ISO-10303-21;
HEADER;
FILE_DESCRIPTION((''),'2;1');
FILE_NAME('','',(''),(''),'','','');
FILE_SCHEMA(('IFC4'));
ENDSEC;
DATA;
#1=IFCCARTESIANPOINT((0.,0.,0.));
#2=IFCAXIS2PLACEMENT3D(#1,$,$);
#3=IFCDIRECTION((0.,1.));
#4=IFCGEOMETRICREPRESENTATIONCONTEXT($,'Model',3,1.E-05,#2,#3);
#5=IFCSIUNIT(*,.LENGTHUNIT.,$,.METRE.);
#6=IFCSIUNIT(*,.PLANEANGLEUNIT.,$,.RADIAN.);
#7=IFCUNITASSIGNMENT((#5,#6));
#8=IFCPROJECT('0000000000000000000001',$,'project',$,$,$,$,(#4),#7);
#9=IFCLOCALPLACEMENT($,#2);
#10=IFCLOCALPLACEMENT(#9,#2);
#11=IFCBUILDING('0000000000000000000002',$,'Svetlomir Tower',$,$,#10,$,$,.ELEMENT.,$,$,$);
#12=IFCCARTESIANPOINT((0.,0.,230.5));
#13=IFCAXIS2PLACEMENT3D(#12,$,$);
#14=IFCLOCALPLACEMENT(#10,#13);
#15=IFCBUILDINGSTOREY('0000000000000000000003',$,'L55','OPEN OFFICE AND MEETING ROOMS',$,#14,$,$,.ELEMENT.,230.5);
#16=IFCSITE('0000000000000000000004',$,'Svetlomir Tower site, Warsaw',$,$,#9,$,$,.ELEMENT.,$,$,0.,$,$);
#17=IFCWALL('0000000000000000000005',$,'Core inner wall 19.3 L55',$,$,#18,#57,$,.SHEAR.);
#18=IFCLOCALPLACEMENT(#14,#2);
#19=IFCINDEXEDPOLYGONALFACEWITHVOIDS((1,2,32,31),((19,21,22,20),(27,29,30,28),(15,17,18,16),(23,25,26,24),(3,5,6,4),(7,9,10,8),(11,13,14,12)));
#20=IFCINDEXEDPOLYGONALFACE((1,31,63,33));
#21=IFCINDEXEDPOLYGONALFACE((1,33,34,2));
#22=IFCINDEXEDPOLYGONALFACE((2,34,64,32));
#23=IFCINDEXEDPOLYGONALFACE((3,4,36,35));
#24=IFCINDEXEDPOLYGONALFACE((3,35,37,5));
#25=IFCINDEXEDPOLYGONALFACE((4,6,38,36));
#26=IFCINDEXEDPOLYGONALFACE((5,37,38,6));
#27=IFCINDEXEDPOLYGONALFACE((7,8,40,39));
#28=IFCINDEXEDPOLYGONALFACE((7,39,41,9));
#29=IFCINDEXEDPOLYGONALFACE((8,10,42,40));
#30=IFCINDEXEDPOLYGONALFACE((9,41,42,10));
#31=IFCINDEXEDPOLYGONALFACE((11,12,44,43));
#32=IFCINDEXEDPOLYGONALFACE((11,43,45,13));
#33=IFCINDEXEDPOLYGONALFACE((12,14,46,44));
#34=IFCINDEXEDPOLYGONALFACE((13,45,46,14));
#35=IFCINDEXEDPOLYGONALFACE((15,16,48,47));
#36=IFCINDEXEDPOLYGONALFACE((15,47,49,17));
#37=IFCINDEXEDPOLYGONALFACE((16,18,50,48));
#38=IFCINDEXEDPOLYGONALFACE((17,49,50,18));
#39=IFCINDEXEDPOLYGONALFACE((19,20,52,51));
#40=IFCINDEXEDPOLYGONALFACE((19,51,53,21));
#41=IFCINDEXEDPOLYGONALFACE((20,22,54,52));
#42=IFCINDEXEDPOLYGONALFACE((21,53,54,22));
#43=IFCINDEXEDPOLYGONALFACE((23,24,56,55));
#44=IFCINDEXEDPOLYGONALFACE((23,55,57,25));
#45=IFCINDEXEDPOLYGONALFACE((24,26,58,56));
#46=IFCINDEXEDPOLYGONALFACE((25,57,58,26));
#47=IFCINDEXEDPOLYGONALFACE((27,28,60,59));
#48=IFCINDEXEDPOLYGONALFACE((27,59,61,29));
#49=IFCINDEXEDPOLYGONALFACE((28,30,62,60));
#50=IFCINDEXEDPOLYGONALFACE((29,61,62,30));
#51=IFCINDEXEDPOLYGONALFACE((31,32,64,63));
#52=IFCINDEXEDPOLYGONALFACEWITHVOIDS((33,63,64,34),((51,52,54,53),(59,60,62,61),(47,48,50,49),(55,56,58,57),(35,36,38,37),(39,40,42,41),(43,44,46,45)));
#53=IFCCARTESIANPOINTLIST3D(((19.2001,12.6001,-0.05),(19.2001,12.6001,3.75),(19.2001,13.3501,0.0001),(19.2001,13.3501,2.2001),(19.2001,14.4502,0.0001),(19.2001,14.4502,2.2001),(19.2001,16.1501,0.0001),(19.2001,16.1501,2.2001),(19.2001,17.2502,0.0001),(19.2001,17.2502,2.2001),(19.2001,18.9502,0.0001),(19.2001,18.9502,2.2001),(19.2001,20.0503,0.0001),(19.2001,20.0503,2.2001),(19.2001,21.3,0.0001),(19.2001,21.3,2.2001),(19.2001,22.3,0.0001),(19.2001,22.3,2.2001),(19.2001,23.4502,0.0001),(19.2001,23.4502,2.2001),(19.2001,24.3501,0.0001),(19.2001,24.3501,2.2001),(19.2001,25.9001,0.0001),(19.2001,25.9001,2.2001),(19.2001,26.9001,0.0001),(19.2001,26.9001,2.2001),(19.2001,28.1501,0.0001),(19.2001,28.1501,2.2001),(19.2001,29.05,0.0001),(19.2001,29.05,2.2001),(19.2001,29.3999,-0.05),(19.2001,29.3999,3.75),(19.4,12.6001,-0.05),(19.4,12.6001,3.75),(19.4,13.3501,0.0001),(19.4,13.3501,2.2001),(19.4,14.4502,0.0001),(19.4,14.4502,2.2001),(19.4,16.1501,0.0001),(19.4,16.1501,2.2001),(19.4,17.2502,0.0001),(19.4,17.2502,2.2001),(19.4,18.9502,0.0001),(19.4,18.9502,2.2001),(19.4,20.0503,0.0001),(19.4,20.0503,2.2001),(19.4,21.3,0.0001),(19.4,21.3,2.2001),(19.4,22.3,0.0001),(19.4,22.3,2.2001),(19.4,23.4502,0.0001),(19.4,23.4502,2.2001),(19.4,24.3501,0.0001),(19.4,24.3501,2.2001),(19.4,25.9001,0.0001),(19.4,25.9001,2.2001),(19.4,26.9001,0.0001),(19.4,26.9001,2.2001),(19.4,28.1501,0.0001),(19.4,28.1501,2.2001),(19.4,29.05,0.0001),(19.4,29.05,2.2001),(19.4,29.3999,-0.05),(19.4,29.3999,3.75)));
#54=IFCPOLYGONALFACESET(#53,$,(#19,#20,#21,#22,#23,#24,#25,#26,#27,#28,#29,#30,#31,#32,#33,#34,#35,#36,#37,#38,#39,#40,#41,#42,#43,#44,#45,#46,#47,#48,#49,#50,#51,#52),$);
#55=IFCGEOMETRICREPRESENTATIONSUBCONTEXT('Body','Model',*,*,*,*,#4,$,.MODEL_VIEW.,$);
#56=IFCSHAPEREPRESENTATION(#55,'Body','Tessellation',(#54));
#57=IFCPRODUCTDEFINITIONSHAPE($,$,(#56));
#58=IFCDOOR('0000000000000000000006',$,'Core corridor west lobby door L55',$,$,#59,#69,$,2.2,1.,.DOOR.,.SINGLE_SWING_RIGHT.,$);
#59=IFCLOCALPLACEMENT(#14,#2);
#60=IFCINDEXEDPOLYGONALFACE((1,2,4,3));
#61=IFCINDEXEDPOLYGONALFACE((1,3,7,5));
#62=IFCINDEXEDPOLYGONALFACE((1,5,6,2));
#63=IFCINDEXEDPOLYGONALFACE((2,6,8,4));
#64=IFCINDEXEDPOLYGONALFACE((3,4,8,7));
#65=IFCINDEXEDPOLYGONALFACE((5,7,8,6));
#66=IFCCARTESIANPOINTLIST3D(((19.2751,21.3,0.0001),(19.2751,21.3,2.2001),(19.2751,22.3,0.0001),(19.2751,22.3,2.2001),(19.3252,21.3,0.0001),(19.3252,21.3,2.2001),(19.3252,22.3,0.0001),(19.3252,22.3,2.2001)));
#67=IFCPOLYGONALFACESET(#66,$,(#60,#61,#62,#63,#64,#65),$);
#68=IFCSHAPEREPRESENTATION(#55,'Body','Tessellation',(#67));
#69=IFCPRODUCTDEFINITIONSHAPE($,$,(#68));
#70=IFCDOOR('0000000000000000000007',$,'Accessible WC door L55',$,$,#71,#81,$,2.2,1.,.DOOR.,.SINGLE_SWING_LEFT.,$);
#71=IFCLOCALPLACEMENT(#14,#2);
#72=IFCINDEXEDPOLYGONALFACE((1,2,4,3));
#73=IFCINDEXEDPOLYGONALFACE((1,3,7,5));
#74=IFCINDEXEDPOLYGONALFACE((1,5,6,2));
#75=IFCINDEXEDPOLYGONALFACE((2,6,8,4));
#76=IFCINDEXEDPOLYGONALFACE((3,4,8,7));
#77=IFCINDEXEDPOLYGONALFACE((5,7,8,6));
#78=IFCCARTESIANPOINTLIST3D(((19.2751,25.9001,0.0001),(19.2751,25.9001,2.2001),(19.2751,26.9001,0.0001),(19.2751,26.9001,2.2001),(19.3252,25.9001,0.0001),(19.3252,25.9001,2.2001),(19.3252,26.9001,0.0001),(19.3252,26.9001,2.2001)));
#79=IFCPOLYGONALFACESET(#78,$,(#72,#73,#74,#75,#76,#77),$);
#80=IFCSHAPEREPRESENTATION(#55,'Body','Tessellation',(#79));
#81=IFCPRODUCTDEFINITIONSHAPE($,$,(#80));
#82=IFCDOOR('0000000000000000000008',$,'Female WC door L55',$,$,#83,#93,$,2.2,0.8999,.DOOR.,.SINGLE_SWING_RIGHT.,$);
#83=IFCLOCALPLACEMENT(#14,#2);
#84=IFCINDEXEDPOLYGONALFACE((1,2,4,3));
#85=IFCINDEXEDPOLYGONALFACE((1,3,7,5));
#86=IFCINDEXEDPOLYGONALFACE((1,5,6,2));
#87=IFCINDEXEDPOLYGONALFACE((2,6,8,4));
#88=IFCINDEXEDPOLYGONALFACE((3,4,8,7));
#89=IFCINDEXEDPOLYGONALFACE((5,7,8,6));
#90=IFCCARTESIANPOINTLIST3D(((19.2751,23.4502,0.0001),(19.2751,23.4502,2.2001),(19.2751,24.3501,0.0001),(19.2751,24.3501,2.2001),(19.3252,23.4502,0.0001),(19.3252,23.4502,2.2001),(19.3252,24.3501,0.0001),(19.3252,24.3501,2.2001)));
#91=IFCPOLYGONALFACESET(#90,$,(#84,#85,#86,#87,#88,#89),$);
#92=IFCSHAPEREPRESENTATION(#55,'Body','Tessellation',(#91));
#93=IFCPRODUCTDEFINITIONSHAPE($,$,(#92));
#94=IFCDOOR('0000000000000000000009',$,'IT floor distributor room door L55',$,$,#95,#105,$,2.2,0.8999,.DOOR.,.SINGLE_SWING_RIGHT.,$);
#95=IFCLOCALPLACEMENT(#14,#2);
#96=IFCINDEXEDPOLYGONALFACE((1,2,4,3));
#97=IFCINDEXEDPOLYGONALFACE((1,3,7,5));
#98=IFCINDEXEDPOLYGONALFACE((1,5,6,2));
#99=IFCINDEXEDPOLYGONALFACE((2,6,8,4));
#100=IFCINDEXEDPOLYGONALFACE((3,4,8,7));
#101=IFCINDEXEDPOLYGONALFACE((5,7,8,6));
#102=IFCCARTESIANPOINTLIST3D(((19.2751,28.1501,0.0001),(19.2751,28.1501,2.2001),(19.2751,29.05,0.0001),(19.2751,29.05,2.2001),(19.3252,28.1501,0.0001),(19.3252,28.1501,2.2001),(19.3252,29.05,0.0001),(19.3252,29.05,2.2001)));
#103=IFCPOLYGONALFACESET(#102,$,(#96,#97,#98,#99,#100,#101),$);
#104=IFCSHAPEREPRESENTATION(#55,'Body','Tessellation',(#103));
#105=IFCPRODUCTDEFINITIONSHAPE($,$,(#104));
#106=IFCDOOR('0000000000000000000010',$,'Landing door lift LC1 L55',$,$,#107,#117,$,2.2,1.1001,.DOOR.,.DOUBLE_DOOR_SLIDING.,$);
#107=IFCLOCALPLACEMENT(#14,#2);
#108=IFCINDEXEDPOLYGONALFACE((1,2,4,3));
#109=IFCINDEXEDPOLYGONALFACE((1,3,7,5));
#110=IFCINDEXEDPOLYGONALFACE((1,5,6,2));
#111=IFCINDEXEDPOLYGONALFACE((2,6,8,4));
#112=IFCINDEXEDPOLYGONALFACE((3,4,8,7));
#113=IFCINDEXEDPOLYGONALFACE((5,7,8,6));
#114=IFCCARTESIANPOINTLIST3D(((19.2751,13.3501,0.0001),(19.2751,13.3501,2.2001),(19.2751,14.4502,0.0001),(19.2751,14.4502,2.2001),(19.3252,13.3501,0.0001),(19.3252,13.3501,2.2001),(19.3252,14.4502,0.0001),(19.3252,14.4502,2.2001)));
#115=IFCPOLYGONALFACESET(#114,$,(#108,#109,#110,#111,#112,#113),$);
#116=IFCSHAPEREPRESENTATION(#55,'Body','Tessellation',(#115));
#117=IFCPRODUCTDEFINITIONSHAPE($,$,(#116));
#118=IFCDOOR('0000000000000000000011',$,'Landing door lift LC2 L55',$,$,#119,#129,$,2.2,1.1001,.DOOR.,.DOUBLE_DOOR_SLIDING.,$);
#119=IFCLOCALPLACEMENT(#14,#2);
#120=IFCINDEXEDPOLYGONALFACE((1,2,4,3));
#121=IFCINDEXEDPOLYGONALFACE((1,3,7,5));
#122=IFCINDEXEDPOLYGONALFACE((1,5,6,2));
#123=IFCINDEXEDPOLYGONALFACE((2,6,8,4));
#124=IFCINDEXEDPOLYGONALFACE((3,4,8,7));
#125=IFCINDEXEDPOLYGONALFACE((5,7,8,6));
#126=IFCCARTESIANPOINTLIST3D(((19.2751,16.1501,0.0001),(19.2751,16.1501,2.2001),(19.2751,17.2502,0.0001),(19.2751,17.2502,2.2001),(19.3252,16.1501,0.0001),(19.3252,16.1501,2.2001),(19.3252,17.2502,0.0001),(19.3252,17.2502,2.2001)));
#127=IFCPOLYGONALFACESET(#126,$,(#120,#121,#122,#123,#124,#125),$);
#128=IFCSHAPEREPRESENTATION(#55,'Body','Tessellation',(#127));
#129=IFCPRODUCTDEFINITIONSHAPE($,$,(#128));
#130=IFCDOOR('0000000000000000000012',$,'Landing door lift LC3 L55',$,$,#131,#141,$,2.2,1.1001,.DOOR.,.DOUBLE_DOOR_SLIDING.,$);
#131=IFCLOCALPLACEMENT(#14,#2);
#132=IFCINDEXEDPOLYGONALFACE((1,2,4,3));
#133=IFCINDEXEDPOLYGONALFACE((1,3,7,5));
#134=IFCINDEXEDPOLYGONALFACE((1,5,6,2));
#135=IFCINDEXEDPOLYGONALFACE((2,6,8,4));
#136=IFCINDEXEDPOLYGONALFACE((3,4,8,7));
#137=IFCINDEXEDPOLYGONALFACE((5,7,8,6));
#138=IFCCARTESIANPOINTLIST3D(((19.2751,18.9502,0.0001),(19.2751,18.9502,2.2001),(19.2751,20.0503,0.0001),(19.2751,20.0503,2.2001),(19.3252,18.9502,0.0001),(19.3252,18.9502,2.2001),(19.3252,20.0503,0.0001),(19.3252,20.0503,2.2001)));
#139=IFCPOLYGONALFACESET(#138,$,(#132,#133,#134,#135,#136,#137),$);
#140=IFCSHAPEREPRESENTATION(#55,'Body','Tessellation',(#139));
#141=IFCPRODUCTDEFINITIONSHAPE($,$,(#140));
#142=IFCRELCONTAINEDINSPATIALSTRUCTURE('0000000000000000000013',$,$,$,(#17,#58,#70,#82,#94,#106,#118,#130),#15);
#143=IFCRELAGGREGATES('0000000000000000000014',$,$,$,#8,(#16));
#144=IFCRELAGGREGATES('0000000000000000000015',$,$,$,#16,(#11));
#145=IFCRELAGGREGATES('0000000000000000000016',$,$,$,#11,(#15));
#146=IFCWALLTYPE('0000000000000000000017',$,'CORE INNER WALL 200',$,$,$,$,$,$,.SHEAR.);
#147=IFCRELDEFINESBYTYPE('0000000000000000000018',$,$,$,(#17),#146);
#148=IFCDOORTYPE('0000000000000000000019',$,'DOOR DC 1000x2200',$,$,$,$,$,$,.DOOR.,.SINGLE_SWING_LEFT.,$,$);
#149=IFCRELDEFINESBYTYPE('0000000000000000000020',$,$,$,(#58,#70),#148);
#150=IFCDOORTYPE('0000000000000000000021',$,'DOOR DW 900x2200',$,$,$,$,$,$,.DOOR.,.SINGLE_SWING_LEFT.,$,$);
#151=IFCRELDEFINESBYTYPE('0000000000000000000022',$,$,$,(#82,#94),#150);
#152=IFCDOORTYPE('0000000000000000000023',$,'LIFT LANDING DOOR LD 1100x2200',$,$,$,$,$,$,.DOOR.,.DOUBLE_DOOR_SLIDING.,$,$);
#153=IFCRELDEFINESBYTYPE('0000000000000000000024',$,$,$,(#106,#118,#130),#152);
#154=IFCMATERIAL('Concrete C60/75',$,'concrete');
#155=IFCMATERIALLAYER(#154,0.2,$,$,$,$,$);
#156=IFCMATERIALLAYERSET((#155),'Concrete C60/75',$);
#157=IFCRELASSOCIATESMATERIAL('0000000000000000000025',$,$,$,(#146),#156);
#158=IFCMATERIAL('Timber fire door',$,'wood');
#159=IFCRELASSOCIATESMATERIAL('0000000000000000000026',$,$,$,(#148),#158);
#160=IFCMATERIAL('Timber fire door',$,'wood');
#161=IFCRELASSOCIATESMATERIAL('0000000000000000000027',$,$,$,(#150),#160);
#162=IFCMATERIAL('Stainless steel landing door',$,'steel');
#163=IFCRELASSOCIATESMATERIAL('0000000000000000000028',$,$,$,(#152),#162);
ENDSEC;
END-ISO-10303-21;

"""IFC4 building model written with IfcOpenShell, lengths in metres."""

from ifc_helpers import new_model, si_unit, direction, frame, frame_2d, origin, place, context, subcontext, project, spatial, rectangle, extrude, material, layer, layer_set, type_object, element, fill, save


model = new_model("IFC4")

# Units and contexts
model_context = context("Model", 3, precision=1e-05, world=origin(), true_north=direction((0.0, 1.0)))
body_context = subcontext(model_context, "Body", "Model", "MODEL_VIEW")
ifc_project = project(units=[si_unit("LENGTHUNIT", "METRE"), si_unit("PLANEANGLEUNIT", "RADIAN")], contexts=[model_context])

# Site, building, storey
site_placement = place(None, origin())
site = spatial("IfcSite", under=ifc_project, at=site_placement, Name="Svetlomir Tower site, Warsaw", CompositionType="ELEMENT", RefElevation=0.0)
building_placement = place(site_placement, origin())
building = spatial("IfcBuilding", under=site, at=building_placement, Name="Svetlomir Tower", CompositionType="ELEMENT")
storey_placement = place(building_placement, frame((0.0, 0.0, 230.5)))
storey = spatial("IfcBuildingStorey", under=building, at=storey_placement, Name="L55", Description="OPEN OFFICE AND MEETING ROOMS", CompositionType="ELEMENT", Elevation=230.5)

# Shared definitions
ifc_material_1 = material(Name="Concrete C60/75", Category="concrete")
ifc_layer_1 = layer(ifc_material_1, 0.2)
ifc_layer_set_1 = layer_set([ifc_layer_1], Name="Concrete C60/75")
wall_type_1 = type_object("IfcWallType", Name="CORE INNER WALL 200", PredefinedType="SHEAR", material=ifc_layer_set_1)

# Wall, openings, doors
wall_1_placement = place(storey_placement, frame((19.3, 12.6001, -0.05), z_axis=(0.0, 0.0, 1.0), x_axis=(0.0, 1.0, 0.0)))
wall_1 = element("IfcWall", 1, at=wall_1_placement, inside=storey, type_object=wall_type_1, Name="Core inner wall 19.3 L55", PredefinedType="SHEAR", context=body_context, shape_type="SweptSolid", body=[
    extrude(rectangle(XDim=16.7998, YDim=0.2, at=frame_2d((8.3999, 0.0))), origin(), (0.0, 0.0, 1.0), 3.8),
])
opening_1_placement = place(wall_1_placement, frame((8.7, 0.0, 0.05)))
opening_1 = element("IfcOpeningElement", 2, at=opening_1_placement, cuts=wall_1, PredefinedType="OPENING", context=body_context, shape_type="SweptSolid", body=[
    extrude(rectangle(XDim=1.0, YDim=2.2, at=frame_2d((0.5, 1.1001))), frame((0.0, 0.1099, 0.0), z_axis=(0.0, -1.0, 0.0), x_axis=(1.0, 0.0, 0.0)), (0.0, 0.0, 1.0), 0.22),
])
opening_2_placement = place(wall_1_placement, frame((10.8501, 0.0, 0.05)))
opening_2 = element("IfcOpeningElement", 3, at=opening_2_placement, cuts=wall_1, PredefinedType="OPENING", context=body_context, shape_type="SweptSolid", body=[
    extrude(rectangle(XDim=0.8999, YDim=2.2, at=frame_2d((0.45, 1.1001))), frame((0.0, 0.1099, 0.0), z_axis=(0.0, -1.0, 0.0), x_axis=(1.0, 0.0, 0.0)), (0.0, 0.0, 1.0), 0.22),
])
opening_3_placement = place(wall_1_placement, frame((13.3, 0.0, 0.05)))
opening_3 = element("IfcOpeningElement", 4, at=opening_3_placement, cuts=wall_1, PredefinedType="OPENING", context=body_context, shape_type="SweptSolid", body=[
    extrude(rectangle(XDim=1.0, YDim=2.2, at=frame_2d((0.5, 1.1001))), frame((0.0, 0.1099, 0.0), z_axis=(0.0, -1.0, 0.0), x_axis=(1.0, 0.0, 0.0)), (0.0, 0.0, 1.0), 0.22),
])
opening_4_placement = place(wall_1_placement, frame((15.55, 0.0, 0.05)))
opening_4 = element("IfcOpeningElement", 5, at=opening_4_placement, cuts=wall_1, PredefinedType="OPENING", context=body_context, shape_type="SweptSolid", body=[
    extrude(rectangle(XDim=0.8999, YDim=2.2, at=frame_2d((0.45, 1.1001))), frame((0.0, 0.1099, 0.0), z_axis=(0.0, -1.0, 0.0), x_axis=(1.0, 0.0, 0.0)), (0.0, 0.0, 1.0), 0.22),
])
opening_5_placement = place(wall_1_placement, frame((0.75, 0.0, 0.05)))
opening_5 = element("IfcOpeningElement", 6, at=opening_5_placement, cuts=wall_1, PredefinedType="OPENING", context=body_context, shape_type="SweptSolid", body=[
    extrude(rectangle(XDim=1.1001, YDim=2.2, at=frame_2d((0.55, 1.1001))), frame((0.0, 0.1099, 0.0), z_axis=(0.0, -1.0, 0.0), x_axis=(1.0, 0.0, 0.0)), (0.0, 0.0, 1.0), 0.22),
])
opening_6_placement = place(wall_1_placement, frame((3.55, 0.0, 0.05)))
opening_6 = element("IfcOpeningElement", 7, at=opening_6_placement, cuts=wall_1, PredefinedType="OPENING", context=body_context, shape_type="SweptSolid", body=[
    extrude(rectangle(XDim=1.1001, YDim=2.2, at=frame_2d((0.55, 1.1001))), frame((0.0, 0.1099, 0.0), z_axis=(0.0, -1.0, 0.0), x_axis=(1.0, 0.0, 0.0)), (0.0, 0.0, 1.0), 0.22),
])
opening_7_placement = place(wall_1_placement, frame((6.3501, 0.0, 0.05)))
opening_7 = element("IfcOpeningElement", 8, at=opening_7_placement, cuts=wall_1, PredefinedType="OPENING", context=body_context, shape_type="SweptSolid", body=[
    extrude(rectangle(XDim=1.1001, YDim=2.2, at=frame_2d((0.55, 1.1001))), frame((0.0, 0.1099, 0.0), z_axis=(0.0, -1.0, 0.0), x_axis=(1.0, 0.0, 0.0)), (0.0, 0.0, 1.0), 0.22),
])
ifc_material_2 = material(Name="Timber fire door", Category="wood")
door_type_1 = type_object("IfcDoorType", Name="DOOR DC 1000x2200", OperationType="SINGLE_SWING_LEFT", PredefinedType="DOOR", material=ifc_material_2)
door_1_placement = place(opening_1_placement, origin())
door_1 = element("IfcDoor", 9, at=door_1_placement, inside=storey, type_object=door_type_1, Name="Core corridor west lobby door L55", OperationType="SINGLE_SWING_RIGHT", OverallHeight=2.2, OverallWidth=1.0, PredefinedType="DOOR", context=body_context, shape_type="SweptSolid", body=[
    extrude(rectangle(XDim=1.0, YDim=2.2, at=frame_2d((0.5, 1.1001))), frame((0.0, 0.0249, 0.0), z_axis=(0.0, -1.0, 0.0), x_axis=(1.0, 0.0, 0.0)), (0.0, 0.0, 1.0), 0.05),
])
fill(opening_1, door_1)
door_2_placement = place(opening_3_placement, origin())
door_2 = element("IfcDoor", 10, at=door_2_placement, inside=storey, type_object=door_type_1, Name="Accessible WC door L55", OperationType="SINGLE_SWING_LEFT", OverallHeight=2.2, OverallWidth=1.0, PredefinedType="DOOR", context=body_context, shape_type="SweptSolid", body=[
    extrude(rectangle(XDim=1.0, YDim=2.2, at=frame_2d((0.5, 1.1001))), frame((0.0, 0.0249, 0.0), z_axis=(0.0, -1.0, 0.0), x_axis=(1.0, 0.0, 0.0)), (0.0, 0.0, 1.0), 0.05),
])
fill(opening_3, door_2)
ifc_material_3 = material(Name="Timber fire door", Category="wood")
door_type_2 = type_object("IfcDoorType", Name="DOOR DW 900x2200", OperationType="SINGLE_SWING_LEFT", PredefinedType="DOOR", material=ifc_material_3)
door_3_placement = place(opening_2_placement, origin())
door_3 = element("IfcDoor", 11, at=door_3_placement, inside=storey, type_object=door_type_2, Name="Female WC door L55", OperationType="SINGLE_SWING_RIGHT", OverallHeight=2.2, OverallWidth=0.8999, PredefinedType="DOOR", context=body_context, shape_type="SweptSolid", body=[
    extrude(rectangle(XDim=0.8999, YDim=2.2, at=frame_2d((0.45, 1.1001))), frame((0.0, 0.0249, 0.0), z_axis=(0.0, -1.0, 0.0), x_axis=(1.0, 0.0, 0.0)), (0.0, 0.0, 1.0), 0.05),
])
fill(opening_2, door_3)
door_4_placement = place(opening_4_placement, origin())
door_4 = element("IfcDoor", 12, at=door_4_placement, inside=storey, type_object=door_type_2, Name="IT floor distributor room door L55", OperationType="SINGLE_SWING_RIGHT", OverallHeight=2.2, OverallWidth=0.8999, PredefinedType="DOOR", context=body_context, shape_type="SweptSolid", body=[
    extrude(rectangle(XDim=0.8999, YDim=2.2, at=frame_2d((0.45, 1.1001))), frame((0.0, 0.0249, 0.0), z_axis=(0.0, -1.0, 0.0), x_axis=(1.0, 0.0, 0.0)), (0.0, 0.0, 1.0), 0.05),
])
fill(opening_4, door_4)
ifc_material_4 = material(Name="Stainless steel landing door", Category="steel")
door_type_3 = type_object("IfcDoorType", Name="LIFT LANDING DOOR LD 1100x2200", OperationType="DOUBLE_DOOR_SLIDING", PredefinedType="DOOR", material=ifc_material_4)
door_5_placement = place(opening_5_placement, origin())
door_5 = element("IfcDoor", 13, at=door_5_placement, inside=storey, type_object=door_type_3, Name="Landing door lift LC1 L55", OperationType="DOUBLE_DOOR_SLIDING", OverallHeight=2.2, OverallWidth=1.1001, PredefinedType="DOOR", context=body_context, shape_type="SweptSolid", body=[
    extrude(rectangle(XDim=1.1001, YDim=2.2, at=frame_2d((0.55, 1.1001))), frame((0.0, 0.0249, 0.0), z_axis=(0.0, -1.0, 0.0), x_axis=(1.0, 0.0, 0.0)), (0.0, 0.0, 1.0), 0.05),
])
fill(opening_5, door_5)
door_6_placement = place(opening_6_placement, origin())
door_6 = element("IfcDoor", 14, at=door_6_placement, inside=storey, type_object=door_type_3, Name="Landing door lift LC2 L55", OperationType="DOUBLE_DOOR_SLIDING", OverallHeight=2.2, OverallWidth=1.1001, PredefinedType="DOOR", context=body_context, shape_type="SweptSolid", body=[
    extrude(rectangle(XDim=1.1001, YDim=2.2, at=frame_2d((0.55, 1.1001))), frame((0.0, 0.0249, 0.0), z_axis=(0.0, -1.0, 0.0), x_axis=(1.0, 0.0, 0.0)), (0.0, 0.0, 1.0), 0.05),
])
fill(opening_6, door_6)
door_7_placement = place(opening_7_placement, origin())
door_7 = element("IfcDoor", 15, at=door_7_placement, inside=storey, type_object=door_type_3, Name="Landing door lift LC3 L55", OperationType="DOUBLE_DOOR_SLIDING", OverallHeight=2.2, OverallWidth=1.1001, PredefinedType="DOOR", context=body_context, shape_type="SweptSolid", body=[
    extrude(rectangle(XDim=1.1001, YDim=2.2, at=frame_2d((0.55, 1.1001))), frame((0.0, 0.0249, 0.0), z_axis=(0.0, -1.0, 0.0), x_axis=(1.0, 0.0, 0.0)), (0.0, 0.0, 1.0), 0.05),
])
fill(opening_7, door_7)

save(model, "model.ifc")
